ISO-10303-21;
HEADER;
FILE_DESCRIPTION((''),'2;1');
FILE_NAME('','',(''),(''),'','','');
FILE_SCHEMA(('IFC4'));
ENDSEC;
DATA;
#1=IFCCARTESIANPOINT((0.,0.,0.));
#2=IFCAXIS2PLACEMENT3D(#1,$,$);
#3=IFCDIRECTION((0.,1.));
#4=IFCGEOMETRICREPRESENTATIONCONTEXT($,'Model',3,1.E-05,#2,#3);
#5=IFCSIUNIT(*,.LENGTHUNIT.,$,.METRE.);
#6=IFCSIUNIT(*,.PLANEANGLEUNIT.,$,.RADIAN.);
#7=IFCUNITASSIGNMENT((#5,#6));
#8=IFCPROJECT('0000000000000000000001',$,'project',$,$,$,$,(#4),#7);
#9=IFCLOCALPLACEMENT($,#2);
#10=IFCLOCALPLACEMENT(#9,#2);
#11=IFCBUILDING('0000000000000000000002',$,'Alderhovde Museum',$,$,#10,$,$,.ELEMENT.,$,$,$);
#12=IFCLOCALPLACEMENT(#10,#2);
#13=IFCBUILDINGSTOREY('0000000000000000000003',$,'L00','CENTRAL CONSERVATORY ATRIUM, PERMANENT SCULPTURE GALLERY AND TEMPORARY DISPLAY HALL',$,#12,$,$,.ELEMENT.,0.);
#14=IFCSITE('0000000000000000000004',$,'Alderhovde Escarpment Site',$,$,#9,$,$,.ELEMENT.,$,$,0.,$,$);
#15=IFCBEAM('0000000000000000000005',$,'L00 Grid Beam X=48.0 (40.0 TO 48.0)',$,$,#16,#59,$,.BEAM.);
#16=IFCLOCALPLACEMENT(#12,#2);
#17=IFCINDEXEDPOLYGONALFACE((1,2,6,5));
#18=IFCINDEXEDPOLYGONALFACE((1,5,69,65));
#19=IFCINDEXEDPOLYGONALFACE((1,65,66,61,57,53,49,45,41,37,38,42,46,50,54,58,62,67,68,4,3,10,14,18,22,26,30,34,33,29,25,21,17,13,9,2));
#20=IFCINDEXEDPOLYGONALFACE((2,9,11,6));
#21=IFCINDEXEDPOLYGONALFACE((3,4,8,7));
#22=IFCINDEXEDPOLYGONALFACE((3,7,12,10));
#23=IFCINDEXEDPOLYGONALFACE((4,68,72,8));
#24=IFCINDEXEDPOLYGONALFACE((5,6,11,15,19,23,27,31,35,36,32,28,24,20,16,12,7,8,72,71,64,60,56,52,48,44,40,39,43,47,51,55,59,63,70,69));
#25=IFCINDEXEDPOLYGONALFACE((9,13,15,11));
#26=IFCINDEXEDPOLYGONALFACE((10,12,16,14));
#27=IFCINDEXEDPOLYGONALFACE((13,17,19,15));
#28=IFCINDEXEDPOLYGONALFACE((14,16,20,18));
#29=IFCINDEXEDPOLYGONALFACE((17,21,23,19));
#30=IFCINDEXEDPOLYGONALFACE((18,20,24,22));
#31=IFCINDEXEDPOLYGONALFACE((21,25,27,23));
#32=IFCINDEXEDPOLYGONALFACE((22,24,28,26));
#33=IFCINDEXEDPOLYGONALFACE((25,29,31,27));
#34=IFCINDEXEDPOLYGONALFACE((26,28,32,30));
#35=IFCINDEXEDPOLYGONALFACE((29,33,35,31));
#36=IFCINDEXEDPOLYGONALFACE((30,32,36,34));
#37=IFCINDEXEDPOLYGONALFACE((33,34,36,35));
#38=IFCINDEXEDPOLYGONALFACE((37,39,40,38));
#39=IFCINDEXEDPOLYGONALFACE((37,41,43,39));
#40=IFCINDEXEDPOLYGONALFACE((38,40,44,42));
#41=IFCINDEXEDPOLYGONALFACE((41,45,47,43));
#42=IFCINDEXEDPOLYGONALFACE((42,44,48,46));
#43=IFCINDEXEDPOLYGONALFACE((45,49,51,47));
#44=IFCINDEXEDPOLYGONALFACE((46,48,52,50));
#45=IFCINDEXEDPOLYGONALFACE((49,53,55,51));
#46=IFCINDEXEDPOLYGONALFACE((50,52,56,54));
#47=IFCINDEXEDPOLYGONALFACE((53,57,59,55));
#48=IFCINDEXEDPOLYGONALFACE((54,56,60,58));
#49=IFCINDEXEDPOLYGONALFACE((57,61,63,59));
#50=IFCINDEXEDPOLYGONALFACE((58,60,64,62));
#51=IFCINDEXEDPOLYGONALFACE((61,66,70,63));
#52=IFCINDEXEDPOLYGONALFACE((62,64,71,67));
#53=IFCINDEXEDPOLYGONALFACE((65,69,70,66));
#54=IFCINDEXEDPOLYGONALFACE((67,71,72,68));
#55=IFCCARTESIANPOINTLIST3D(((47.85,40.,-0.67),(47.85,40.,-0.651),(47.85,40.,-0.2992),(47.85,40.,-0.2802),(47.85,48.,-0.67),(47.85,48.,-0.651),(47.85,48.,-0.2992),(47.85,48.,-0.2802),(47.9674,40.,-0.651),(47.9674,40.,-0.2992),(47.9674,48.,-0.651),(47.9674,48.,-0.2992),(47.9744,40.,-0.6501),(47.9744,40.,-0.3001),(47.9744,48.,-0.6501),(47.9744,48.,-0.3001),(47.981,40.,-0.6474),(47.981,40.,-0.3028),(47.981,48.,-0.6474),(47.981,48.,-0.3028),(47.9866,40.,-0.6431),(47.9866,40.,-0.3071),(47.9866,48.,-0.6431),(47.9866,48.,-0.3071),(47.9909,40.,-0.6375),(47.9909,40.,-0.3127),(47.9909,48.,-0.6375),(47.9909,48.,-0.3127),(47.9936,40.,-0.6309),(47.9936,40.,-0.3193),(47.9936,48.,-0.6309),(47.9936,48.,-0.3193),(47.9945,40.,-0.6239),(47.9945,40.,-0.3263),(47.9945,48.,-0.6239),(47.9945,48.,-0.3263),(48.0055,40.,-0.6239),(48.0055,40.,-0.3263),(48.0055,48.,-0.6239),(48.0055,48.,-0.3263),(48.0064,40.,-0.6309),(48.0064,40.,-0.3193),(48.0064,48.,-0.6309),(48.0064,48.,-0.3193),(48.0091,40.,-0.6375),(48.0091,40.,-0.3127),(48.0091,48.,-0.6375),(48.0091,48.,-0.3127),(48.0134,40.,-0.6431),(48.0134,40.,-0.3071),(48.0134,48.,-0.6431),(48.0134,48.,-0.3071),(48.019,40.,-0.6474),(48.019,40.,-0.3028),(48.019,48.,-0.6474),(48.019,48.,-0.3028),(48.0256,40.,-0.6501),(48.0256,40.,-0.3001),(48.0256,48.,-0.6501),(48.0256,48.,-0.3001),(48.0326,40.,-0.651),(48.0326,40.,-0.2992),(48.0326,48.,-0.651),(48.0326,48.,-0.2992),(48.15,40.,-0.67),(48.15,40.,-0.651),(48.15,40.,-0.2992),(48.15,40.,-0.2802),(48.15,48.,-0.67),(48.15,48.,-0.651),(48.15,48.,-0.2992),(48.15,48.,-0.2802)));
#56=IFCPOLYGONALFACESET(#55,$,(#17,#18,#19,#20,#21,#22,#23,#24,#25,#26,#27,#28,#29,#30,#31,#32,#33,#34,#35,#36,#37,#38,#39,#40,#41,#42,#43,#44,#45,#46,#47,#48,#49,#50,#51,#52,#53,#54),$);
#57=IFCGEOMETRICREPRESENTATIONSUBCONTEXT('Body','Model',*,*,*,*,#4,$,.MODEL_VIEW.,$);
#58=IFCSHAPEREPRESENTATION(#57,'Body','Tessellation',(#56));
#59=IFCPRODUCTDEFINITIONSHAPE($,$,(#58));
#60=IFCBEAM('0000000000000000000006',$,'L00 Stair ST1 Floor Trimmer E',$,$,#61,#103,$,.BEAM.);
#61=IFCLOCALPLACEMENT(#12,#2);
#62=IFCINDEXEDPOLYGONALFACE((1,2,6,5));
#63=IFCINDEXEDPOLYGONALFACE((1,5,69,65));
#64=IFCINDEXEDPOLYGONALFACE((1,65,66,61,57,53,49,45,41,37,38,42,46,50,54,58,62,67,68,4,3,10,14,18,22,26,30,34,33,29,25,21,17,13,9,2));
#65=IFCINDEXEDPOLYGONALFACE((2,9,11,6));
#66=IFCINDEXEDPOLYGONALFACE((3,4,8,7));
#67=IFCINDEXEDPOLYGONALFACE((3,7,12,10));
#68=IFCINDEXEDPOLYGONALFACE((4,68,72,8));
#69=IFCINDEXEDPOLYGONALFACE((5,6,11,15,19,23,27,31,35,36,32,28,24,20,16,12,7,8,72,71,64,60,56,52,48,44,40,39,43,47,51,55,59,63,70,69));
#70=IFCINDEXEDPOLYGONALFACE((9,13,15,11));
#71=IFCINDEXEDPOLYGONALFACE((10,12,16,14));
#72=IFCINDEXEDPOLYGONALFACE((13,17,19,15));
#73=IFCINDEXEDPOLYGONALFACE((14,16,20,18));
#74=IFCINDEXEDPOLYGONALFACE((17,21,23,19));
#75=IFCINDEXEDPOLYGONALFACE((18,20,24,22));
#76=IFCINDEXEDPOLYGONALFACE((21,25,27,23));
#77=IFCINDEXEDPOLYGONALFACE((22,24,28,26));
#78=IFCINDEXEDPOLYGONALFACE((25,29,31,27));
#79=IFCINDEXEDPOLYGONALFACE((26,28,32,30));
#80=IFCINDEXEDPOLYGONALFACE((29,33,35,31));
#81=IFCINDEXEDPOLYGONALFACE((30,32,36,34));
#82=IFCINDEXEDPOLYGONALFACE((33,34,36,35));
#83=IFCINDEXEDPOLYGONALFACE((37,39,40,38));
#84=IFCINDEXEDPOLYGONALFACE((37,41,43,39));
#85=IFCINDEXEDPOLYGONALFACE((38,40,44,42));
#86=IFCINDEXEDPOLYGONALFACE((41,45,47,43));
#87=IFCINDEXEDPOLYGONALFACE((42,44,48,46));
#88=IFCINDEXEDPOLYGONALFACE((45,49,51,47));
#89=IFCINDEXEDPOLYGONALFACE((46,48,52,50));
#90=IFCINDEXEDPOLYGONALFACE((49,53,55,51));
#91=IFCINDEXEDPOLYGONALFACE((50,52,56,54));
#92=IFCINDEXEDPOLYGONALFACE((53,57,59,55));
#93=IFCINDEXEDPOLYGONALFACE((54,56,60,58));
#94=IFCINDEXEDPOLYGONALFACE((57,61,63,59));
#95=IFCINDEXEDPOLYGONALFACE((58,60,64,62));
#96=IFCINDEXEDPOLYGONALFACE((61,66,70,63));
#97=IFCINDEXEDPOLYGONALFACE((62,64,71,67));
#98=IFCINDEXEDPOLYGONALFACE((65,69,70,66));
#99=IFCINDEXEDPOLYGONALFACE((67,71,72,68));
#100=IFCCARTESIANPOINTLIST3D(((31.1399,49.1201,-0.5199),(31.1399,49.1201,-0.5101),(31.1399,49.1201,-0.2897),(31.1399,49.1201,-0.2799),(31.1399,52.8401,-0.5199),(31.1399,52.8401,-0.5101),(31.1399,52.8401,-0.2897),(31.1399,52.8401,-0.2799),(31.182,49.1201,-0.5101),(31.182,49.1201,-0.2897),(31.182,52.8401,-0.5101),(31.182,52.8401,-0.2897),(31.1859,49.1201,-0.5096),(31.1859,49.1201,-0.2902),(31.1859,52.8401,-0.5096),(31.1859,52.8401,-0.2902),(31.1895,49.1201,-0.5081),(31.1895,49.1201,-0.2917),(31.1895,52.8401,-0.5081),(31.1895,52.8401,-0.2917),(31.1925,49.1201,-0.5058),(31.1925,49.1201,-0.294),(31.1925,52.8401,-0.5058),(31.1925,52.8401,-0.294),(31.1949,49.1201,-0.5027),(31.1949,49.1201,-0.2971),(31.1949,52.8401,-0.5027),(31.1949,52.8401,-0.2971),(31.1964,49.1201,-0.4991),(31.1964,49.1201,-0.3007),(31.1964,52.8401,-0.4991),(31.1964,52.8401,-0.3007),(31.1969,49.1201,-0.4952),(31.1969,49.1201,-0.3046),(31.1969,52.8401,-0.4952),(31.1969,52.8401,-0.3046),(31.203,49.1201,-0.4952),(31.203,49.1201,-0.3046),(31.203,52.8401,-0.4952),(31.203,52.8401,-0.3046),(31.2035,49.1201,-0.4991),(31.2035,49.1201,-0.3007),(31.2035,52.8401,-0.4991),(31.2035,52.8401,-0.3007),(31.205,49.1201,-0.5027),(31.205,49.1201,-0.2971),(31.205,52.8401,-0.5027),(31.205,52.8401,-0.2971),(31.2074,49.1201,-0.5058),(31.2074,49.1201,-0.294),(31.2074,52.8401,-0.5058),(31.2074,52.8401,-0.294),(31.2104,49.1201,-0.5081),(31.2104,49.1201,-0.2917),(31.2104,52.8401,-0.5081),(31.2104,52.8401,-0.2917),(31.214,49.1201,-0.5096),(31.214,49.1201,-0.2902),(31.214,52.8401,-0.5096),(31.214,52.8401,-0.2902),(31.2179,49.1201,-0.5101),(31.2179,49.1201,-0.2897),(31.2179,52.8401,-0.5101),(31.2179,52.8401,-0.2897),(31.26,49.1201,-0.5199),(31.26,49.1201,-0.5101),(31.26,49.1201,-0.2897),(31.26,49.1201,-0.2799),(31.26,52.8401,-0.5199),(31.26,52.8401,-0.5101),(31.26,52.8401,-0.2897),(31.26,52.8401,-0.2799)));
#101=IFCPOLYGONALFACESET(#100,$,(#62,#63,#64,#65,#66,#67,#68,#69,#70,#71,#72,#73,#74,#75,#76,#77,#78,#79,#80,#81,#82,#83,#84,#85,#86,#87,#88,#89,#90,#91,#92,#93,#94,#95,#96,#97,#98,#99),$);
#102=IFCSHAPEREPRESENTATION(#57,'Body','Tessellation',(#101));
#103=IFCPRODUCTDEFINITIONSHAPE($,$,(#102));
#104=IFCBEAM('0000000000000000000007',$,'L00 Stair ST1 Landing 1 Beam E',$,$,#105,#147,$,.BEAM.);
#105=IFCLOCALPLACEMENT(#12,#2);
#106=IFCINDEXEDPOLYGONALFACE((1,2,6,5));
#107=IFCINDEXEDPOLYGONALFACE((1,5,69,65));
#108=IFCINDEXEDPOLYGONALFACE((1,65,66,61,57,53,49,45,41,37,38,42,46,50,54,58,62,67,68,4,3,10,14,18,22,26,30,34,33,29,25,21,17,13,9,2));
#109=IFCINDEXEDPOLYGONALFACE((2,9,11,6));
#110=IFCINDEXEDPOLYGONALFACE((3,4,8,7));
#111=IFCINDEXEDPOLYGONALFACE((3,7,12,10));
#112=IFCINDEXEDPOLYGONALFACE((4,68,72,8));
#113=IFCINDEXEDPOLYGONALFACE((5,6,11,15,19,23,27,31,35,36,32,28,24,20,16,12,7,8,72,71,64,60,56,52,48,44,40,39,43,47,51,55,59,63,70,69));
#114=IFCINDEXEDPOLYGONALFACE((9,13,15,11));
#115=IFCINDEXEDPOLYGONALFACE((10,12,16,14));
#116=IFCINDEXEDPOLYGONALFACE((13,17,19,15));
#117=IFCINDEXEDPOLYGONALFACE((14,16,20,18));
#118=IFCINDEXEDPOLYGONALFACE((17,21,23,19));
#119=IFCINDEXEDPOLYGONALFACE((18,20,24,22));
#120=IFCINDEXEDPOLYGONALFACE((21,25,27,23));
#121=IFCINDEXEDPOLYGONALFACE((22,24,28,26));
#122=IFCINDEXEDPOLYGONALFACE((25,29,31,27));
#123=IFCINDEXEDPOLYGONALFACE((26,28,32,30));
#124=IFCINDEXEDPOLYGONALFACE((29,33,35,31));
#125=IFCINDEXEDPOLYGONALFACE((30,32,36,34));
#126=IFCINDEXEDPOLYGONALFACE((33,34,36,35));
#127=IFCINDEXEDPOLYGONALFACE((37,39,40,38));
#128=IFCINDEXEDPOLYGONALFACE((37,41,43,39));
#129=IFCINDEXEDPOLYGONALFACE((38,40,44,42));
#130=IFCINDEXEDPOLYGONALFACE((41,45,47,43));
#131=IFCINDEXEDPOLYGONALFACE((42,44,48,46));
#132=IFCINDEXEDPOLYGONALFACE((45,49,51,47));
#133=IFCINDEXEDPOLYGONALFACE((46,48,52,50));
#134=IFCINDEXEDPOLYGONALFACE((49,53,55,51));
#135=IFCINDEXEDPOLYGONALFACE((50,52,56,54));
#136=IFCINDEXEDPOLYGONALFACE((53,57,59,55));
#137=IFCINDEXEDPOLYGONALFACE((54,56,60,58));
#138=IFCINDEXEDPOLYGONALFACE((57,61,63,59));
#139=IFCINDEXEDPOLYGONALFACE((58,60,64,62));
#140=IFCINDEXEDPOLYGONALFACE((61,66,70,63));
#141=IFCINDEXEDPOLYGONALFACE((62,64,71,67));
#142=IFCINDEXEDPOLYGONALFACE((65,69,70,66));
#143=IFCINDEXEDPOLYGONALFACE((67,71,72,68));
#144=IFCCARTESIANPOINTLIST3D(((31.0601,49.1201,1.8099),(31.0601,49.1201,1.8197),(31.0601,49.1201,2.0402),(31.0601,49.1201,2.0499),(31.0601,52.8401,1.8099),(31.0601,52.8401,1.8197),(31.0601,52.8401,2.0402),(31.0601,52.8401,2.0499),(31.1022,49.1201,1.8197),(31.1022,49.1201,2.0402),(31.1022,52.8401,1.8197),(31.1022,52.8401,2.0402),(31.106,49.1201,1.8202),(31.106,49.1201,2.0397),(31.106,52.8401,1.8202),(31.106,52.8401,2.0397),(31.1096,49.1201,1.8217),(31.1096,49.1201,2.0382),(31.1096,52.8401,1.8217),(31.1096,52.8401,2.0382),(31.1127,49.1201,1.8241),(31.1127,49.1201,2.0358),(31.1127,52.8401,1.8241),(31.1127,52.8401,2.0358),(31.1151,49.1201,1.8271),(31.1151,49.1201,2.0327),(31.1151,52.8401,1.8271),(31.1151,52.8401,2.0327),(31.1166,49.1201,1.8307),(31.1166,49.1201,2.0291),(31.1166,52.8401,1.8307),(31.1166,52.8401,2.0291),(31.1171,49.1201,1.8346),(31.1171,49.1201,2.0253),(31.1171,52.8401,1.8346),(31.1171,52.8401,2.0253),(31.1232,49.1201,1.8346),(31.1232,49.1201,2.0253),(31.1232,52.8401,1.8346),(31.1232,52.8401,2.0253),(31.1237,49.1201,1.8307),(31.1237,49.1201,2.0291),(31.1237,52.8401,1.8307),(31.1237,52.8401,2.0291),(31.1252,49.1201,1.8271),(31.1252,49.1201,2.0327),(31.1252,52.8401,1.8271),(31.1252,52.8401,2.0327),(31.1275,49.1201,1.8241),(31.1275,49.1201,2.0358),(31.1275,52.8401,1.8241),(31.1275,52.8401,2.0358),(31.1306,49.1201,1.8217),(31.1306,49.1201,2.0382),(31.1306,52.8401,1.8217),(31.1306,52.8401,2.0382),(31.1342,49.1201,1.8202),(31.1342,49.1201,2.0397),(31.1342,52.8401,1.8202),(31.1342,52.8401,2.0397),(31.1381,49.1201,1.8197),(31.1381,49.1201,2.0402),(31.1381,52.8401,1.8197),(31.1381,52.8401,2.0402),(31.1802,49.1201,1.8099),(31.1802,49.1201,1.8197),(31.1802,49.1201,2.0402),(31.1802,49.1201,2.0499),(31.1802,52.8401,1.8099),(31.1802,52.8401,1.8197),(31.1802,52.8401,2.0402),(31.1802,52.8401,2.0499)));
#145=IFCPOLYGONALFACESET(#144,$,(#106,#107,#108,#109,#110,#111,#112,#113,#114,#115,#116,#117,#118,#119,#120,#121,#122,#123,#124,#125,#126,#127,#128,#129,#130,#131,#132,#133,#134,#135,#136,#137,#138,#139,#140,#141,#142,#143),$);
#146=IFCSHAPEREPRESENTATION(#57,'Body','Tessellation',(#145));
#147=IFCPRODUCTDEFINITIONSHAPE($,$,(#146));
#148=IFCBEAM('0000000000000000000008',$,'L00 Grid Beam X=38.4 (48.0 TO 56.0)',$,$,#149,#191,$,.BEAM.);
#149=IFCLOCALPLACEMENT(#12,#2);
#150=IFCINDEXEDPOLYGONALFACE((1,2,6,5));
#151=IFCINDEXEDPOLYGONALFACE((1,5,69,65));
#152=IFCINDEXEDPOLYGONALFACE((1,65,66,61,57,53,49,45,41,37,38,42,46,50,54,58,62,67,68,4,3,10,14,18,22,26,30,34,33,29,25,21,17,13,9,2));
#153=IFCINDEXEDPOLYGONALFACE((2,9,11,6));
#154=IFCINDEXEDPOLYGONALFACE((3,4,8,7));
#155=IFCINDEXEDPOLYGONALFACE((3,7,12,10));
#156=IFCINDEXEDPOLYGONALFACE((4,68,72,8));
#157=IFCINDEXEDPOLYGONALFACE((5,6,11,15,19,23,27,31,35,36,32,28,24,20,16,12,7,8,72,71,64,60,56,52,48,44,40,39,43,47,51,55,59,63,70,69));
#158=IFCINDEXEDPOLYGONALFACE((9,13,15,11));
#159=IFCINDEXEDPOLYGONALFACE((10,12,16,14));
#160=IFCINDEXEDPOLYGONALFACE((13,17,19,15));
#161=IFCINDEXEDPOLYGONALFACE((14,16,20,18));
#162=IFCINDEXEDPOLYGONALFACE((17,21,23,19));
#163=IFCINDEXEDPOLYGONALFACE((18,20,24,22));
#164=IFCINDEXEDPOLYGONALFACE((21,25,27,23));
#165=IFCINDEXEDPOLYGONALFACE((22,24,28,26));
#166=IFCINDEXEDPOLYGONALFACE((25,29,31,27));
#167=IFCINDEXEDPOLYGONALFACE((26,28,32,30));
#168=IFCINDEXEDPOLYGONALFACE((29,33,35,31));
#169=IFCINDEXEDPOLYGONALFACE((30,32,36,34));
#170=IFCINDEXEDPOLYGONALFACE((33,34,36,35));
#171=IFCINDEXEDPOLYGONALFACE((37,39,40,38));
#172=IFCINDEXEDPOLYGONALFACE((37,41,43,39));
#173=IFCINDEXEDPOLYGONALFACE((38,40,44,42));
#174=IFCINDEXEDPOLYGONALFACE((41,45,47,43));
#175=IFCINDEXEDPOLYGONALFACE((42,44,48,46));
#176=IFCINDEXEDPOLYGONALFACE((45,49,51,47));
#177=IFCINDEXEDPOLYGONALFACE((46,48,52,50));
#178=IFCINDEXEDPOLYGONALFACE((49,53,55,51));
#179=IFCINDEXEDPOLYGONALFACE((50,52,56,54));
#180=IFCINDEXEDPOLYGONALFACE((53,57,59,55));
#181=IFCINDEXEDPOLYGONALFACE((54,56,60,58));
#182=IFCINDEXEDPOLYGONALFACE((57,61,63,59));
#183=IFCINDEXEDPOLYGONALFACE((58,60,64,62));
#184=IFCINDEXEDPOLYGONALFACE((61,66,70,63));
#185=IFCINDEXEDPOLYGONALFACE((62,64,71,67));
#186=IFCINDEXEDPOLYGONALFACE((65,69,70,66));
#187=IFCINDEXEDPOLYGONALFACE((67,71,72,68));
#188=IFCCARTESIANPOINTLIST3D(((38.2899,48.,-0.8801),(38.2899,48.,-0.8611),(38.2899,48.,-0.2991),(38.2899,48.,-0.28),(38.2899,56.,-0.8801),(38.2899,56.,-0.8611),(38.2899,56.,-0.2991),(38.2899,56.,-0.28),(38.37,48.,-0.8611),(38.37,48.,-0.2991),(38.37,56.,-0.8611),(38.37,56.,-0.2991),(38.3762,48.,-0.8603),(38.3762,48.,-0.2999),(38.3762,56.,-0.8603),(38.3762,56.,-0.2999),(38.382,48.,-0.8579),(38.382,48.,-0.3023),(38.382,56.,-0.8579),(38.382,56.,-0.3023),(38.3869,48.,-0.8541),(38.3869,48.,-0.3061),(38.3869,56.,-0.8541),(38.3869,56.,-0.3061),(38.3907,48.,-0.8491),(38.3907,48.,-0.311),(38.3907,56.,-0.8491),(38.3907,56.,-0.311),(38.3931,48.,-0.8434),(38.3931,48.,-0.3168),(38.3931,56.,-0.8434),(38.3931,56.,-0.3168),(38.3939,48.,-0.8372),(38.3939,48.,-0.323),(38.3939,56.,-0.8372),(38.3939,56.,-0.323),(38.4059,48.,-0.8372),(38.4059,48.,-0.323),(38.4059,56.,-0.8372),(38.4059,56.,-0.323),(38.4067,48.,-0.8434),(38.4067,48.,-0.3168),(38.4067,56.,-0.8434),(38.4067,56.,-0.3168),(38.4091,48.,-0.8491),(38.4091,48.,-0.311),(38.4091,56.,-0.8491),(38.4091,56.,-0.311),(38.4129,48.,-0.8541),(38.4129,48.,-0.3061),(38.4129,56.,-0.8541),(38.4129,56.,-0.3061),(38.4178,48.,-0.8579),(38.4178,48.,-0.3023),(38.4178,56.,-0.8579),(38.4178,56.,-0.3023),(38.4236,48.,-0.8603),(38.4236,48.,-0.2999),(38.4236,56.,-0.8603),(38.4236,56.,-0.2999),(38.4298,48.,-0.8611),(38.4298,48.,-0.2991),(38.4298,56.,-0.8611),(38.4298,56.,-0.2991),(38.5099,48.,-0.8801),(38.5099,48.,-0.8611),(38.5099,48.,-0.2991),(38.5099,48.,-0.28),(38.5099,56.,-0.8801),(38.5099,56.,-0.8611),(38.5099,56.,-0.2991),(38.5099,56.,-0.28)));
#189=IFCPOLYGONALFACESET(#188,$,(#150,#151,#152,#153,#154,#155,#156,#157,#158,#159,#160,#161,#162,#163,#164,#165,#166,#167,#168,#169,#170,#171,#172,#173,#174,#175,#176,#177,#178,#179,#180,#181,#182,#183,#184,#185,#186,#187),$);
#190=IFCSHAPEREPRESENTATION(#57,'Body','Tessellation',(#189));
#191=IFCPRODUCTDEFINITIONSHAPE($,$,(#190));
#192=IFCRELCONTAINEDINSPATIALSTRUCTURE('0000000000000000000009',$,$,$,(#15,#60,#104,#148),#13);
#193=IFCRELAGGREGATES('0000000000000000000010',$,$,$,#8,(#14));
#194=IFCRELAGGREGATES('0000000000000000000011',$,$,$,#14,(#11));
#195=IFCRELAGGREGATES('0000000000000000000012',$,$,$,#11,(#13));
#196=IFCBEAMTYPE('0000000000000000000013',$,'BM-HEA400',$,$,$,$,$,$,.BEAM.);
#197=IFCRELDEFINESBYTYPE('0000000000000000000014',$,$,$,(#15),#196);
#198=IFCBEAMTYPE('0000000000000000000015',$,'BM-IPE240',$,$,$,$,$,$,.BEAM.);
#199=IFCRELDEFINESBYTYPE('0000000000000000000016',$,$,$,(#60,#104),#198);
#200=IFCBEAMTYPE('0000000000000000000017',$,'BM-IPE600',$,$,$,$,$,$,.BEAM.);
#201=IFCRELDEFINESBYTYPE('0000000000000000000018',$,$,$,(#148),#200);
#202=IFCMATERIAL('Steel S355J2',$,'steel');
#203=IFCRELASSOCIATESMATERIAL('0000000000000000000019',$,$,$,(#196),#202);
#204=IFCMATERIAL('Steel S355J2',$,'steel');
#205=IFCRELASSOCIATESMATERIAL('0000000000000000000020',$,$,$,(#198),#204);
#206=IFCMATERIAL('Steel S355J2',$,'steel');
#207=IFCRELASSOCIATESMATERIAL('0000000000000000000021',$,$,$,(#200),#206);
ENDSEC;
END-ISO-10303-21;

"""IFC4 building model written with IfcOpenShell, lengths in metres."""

from ifc_helpers import new_model, si_unit, direction, frame, origin, origin_2d, place, context, subcontext, project, spatial, i_section, extrude, material, material_profile, profile_set, type_object, element, save


model = new_model("IFC4")

# Units and contexts
model_context = context("Model", 3, precision=1e-05, world=origin(), true_north=direction((0.0, 1.0)))
body_context = subcontext(model_context, "Body", "Model", "MODEL_VIEW")
ifc_project = project(units=[si_unit("LENGTHUNIT", "METRE"), si_unit("PLANEANGLEUNIT", "RADIAN")], contexts=[model_context])

# Site, building, storey
site_placement = place(None, origin())
site = spatial("IfcSite", under=ifc_project, at=site_placement, Name="Alderhovde Escarpment Site", CompositionType="ELEMENT", RefElevation=0.0)
building_placement = place(site_placement, origin())
building = spatial("IfcBuilding", under=site, at=building_placement, Name="Alderhovde Museum", CompositionType="ELEMENT")
storey_placement = place(building_placement, origin())
storey = spatial("IfcBuildingStorey", under=building, at=storey_placement, Name="L00", Description="CENTRAL CONSERVATORY ATRIUM, PERMANENT SCULPTURE GALLERY AND TEMPORARY DISPLAY HALL", CompositionType="ELEMENT", Elevation=0.0)

# Beams
ifc_material_1 = material(Name="Steel S355J2", Category="steel")
ifc_material_profile_1 = material_profile(ifc_material_1, i_section(OverallWidth=0.3, OverallDepth=0.3899, WebThickness=0.011, FlangeThickness=0.019, FilletRadius=0.0271, at=origin_2d()), Name="HEA 400")
ifc_profile_set_1 = profile_set([ifc_material_profile_1], Name="Steel S355J2")
beam_type_1 = type_object("IfcBeamType", Name="BM-HEA400", PredefinedType="BEAM", material=ifc_profile_set_1)
beam_1_placement = place(storey_placement, frame((48.0, 40.0, -0.4751), z_axis=(0.0, 1.0, 0.0), x_axis=(-1.0, 0.0, 0.0)))
element("IfcBeam", 1, at=beam_1_placement, inside=storey, type_object=beam_type_1, Name="L00 Grid Beam X=48.0 (40.0 TO 48.0)", PredefinedType="BEAM", context=body_context, shape_type="SweptSolid", body=[
    extrude(i_section(OverallWidth=0.3, OverallDepth=0.3899, WebThickness=0.011, FlangeThickness=0.019, FilletRadius=0.0271, at=origin_2d()), origin(), (0.0, 0.0, 1.0), 8.0),
])
ifc_material_2 = material(Name="Steel S355J2", Category="steel")
ifc_material_profile_2 = material_profile(ifc_material_2, i_section(OverallWidth=0.1201, OverallDepth=0.24, WebThickness=0.0061, FlangeThickness=0.0098, FilletRadius=0.0149, at=origin_2d()), Name="IPE 240")
ifc_profile_set_2 = profile_set([ifc_material_profile_2], Name="Steel S355J2")
beam_type_2 = type_object("IfcBeamType", Name="BM-IPE240", PredefinedType="BEAM", material=ifc_profile_set_2)
for number, where, z_axis, x_axis, name in (
    (2, (31.2, 49.1201, -0.3999), (0.0, 1.0, 0.0), (-1.0, 0.0, 0.0), "L00 Stair ST1 Floor Trimmer E"),
    (3, (31.1201, 49.1201, 1.9299), (0.0, 1.0, 0.0), (-1.0, 0.0, 0.0), "L00 Stair ST1 Landing 1 Beam E"),
):
    element("IfcBeam", number, at=place(storey_placement, frame(where, z_axis=z_axis, x_axis=x_axis)), inside=storey, type_object=beam_type_2, Name=name, PredefinedType="BEAM", context=body_context, shape_type="SweptSolid", body=[
        extrude(i_section(OverallWidth=0.1201, OverallDepth=0.24, WebThickness=0.0061, FlangeThickness=0.0098, FilletRadius=0.0149, at=origin_2d()), origin(), (0.0, 0.0, 1.0), 3.72),
    ])
ifc_material_3 = material(Name="Steel S355J2", Category="steel")
ifc_material_profile_3 = material_profile(ifc_material_3, i_section(OverallWidth=0.22, OverallDepth=0.6001, WebThickness=0.012, FlangeThickness=0.019, FilletRadius=0.0239, at=origin_2d()), Name="IPE 600")
ifc_profile_set_3 = profile_set([ifc_material_profile_3], Name="Steel S355J2")
beam_type_3 = type_object("IfcBeamType", Name="BM-IPE600", PredefinedType="BEAM", material=ifc_profile_set_3)
beam_2_placement = place(storey_placement, frame((38.3999, 48.0, -0.5801), z_axis=(0.0, 1.0, 0.0), x_axis=(-1.0, 0.0, 0.0)))
element("IfcBeam", 4, at=beam_2_placement, inside=storey, type_object=beam_type_3, Name="L00 Grid Beam X=38.4 (48.0 TO 56.0)", PredefinedType="BEAM", context=body_context, shape_type="SweptSolid", body=[
    extrude(i_section(OverallWidth=0.22, OverallDepth=0.6001, WebThickness=0.012, FlangeThickness=0.019, FilletRadius=0.0239, at=origin_2d()), origin(), (0.0, 0.0, 1.0), 8.0),
])

save(model, "model.ifc")
